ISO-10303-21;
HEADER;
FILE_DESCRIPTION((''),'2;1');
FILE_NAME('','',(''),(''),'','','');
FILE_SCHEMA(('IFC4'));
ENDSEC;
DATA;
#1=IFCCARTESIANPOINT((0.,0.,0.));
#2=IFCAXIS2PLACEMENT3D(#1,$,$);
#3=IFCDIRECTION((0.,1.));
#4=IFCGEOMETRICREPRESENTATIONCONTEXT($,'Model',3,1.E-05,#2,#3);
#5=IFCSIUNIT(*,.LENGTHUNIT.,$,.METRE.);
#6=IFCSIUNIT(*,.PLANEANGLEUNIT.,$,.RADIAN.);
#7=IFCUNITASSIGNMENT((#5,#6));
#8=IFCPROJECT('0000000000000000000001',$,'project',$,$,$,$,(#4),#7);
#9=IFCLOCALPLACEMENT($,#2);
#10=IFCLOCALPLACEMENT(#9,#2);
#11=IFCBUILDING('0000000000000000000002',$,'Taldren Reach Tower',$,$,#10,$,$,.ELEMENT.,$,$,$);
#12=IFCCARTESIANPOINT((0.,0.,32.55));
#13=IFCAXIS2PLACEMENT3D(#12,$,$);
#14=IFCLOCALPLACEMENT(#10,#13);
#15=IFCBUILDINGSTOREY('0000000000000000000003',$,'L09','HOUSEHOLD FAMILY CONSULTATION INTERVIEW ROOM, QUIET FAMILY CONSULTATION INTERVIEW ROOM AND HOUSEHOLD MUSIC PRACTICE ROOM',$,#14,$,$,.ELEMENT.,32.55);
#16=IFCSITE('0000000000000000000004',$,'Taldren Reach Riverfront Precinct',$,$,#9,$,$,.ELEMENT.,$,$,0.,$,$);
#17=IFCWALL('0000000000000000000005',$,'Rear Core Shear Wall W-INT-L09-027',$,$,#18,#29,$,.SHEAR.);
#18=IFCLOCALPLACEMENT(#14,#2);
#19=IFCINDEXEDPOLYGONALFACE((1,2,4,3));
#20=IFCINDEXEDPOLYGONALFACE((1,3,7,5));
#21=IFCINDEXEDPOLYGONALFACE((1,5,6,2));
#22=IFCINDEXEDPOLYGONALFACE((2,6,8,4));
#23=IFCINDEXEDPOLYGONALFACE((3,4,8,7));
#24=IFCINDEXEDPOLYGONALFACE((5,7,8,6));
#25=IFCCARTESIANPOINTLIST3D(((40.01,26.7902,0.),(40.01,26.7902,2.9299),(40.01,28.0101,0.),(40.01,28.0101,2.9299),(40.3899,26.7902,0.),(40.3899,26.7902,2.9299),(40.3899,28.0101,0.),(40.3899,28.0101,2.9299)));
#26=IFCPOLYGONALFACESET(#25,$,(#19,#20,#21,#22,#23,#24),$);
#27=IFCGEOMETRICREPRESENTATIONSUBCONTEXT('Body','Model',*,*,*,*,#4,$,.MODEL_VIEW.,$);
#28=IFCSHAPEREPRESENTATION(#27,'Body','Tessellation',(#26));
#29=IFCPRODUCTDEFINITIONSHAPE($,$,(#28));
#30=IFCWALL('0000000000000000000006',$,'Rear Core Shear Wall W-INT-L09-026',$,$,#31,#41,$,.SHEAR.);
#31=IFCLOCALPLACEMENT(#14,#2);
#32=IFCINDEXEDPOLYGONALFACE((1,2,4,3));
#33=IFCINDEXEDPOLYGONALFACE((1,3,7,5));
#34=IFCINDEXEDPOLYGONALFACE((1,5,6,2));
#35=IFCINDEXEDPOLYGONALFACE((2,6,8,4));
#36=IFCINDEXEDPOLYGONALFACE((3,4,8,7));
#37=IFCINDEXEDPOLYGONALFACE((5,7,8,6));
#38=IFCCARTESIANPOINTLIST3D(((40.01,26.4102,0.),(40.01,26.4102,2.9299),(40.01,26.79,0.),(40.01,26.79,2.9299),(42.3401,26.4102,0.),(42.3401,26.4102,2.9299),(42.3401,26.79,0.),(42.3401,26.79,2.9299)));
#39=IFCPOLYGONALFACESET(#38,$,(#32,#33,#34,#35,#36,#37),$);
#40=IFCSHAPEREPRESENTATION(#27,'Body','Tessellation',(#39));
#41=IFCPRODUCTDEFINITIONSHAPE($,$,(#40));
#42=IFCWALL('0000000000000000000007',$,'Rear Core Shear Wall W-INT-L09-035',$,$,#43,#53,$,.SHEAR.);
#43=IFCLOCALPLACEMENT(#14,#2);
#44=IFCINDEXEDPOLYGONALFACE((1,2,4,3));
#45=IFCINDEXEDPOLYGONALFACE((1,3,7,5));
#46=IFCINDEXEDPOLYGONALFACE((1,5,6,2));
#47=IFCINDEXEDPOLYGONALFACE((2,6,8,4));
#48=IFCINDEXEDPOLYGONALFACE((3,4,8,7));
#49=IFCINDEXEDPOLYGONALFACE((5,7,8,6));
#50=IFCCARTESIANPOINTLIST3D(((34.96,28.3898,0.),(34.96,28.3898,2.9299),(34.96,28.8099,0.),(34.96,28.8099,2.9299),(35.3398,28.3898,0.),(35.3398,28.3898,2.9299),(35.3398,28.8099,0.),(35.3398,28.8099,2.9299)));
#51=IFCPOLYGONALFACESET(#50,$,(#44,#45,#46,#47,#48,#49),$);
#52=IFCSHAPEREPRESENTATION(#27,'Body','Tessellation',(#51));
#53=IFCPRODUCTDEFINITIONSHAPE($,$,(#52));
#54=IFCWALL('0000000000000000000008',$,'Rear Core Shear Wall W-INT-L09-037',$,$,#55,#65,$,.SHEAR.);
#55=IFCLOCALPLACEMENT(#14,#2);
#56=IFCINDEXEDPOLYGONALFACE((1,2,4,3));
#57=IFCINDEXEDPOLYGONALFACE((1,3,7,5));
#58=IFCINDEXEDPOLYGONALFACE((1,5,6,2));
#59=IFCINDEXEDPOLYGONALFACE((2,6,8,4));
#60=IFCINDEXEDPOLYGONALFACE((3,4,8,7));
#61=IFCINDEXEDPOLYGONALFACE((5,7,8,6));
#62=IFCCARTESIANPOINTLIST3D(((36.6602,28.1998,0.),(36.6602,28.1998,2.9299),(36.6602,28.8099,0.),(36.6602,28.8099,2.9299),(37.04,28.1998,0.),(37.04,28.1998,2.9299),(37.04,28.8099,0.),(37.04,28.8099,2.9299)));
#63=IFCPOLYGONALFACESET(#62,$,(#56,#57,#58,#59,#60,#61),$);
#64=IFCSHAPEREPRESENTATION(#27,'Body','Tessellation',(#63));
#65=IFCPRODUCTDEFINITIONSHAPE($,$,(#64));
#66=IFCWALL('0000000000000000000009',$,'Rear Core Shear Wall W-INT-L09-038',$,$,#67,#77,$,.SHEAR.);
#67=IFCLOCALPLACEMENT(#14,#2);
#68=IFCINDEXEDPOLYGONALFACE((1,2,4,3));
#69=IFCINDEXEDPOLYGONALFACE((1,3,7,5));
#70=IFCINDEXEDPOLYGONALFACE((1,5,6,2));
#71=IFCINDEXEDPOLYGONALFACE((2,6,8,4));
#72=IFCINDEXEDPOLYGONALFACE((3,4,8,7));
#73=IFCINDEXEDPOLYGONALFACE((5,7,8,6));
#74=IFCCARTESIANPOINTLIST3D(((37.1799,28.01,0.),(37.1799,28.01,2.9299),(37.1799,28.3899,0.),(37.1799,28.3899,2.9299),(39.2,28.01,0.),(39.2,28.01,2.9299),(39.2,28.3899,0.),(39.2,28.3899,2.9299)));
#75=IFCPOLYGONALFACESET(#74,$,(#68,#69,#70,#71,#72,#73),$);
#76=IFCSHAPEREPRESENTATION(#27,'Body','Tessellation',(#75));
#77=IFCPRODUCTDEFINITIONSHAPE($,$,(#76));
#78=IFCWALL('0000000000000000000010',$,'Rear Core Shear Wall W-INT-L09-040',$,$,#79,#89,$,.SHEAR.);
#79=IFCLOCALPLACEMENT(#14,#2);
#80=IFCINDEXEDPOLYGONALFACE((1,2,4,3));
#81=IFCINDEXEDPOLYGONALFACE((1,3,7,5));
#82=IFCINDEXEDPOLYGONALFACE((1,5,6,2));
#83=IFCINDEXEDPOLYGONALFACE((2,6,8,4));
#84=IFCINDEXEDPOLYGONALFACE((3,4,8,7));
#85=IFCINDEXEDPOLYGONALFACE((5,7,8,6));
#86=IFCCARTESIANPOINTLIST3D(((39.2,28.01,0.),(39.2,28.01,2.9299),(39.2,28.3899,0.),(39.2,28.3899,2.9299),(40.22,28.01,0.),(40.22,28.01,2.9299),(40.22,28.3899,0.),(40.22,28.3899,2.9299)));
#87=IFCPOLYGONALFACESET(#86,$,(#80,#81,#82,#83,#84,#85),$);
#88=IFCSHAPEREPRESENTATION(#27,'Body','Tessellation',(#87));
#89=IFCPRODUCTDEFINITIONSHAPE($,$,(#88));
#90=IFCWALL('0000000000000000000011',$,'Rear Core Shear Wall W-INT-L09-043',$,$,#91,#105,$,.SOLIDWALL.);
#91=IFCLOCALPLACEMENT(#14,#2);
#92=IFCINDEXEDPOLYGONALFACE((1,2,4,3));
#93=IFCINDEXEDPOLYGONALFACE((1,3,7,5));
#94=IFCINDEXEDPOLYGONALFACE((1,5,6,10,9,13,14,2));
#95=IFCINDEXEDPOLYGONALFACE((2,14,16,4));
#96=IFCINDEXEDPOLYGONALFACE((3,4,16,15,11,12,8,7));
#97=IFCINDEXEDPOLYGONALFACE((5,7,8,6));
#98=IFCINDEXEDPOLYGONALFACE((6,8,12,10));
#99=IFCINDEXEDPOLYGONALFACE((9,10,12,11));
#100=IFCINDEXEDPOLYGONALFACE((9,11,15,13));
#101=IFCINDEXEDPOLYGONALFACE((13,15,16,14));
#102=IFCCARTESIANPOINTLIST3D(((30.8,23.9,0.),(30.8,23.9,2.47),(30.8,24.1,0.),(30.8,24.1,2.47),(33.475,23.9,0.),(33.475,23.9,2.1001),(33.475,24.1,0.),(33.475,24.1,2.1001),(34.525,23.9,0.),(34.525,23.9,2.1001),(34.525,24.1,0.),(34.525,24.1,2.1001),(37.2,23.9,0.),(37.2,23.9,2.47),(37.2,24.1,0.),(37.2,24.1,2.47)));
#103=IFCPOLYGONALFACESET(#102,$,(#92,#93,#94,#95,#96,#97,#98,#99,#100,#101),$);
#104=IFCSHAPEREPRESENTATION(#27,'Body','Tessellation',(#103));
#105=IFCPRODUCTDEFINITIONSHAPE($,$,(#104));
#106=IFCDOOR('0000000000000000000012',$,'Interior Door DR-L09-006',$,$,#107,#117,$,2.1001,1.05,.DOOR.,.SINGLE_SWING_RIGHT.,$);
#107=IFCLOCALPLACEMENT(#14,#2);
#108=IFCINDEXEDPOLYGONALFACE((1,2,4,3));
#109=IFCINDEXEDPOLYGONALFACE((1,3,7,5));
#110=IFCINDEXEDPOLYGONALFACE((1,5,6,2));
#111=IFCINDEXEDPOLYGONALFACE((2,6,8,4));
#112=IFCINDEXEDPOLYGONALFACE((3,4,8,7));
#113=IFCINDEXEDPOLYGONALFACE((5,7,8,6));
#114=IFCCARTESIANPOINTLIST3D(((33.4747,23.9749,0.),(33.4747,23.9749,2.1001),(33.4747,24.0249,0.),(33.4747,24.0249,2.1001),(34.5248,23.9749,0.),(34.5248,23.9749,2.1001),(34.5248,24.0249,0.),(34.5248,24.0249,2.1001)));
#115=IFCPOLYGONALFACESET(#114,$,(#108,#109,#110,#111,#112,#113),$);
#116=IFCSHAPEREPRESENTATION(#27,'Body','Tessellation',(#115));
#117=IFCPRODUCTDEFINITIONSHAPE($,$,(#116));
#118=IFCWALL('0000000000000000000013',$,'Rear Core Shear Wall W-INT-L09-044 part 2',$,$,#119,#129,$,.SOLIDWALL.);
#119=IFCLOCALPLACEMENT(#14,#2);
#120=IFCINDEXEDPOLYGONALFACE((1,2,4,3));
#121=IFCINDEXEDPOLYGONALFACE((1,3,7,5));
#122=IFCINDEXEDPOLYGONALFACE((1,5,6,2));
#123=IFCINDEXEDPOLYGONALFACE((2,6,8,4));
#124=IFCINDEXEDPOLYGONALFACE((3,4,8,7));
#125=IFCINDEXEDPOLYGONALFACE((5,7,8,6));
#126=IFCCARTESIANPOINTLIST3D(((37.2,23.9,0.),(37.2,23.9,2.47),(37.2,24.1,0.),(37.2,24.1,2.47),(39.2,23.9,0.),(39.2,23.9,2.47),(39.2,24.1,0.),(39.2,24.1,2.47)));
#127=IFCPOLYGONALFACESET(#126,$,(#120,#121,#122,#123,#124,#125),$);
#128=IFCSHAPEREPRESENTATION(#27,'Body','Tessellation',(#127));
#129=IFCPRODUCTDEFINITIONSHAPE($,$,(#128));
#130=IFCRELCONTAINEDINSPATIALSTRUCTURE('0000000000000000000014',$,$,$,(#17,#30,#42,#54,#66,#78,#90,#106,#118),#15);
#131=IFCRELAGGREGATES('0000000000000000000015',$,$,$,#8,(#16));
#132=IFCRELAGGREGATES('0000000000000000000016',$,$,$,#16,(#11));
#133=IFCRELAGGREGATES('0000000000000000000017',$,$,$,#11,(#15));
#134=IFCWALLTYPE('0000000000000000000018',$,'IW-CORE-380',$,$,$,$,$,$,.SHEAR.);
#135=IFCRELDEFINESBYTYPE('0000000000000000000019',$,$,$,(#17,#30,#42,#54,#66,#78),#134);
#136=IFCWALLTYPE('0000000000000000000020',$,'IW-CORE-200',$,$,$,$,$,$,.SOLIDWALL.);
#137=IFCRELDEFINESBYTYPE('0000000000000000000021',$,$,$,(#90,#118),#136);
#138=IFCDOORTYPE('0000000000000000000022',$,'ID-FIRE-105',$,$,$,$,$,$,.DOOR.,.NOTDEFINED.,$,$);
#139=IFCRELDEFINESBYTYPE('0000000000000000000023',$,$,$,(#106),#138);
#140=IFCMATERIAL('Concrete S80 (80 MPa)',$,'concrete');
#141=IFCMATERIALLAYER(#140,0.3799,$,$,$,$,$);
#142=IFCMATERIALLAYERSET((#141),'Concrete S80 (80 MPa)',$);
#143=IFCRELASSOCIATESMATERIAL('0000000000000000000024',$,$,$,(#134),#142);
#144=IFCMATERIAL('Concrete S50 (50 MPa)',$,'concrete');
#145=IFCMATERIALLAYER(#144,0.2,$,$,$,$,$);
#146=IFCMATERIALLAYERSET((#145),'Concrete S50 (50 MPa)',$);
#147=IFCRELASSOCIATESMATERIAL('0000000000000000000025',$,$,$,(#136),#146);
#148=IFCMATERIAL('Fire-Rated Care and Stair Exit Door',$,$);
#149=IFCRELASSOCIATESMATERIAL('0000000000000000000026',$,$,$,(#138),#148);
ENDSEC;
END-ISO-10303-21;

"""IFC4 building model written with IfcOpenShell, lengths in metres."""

from ifc_helpers import new_model, si_unit, direction, frame, frame_2d, origin, place, context, subcontext, project, spatial, rectangle, extrude, source, transform, mapped, material, layer, layer_set, type_object, element, fill, save


model = new_model("IFC4")

# Units and contexts
model_context = context("Model", 3, precision=1e-05, world=origin(), true_north=direction((0.0, 1.0)))
body_context = subcontext(model_context, "Body", "Model", "MODEL_VIEW")
ifc_project = project(units=[si_unit("LENGTHUNIT", "METRE"), si_unit("PLANEANGLEUNIT", "RADIAN")], contexts=[model_context])

# Site, building, storey
site_placement = place(None, origin())
site = spatial("IfcSite", under=ifc_project, at=site_placement, Name="Taldren Reach Riverfront Precinct", CompositionType="ELEMENT", RefElevation=0.0)
building_placement = place(site_placement, origin())
building = spatial("IfcBuilding", under=site, at=building_placement, Name="Taldren Reach Tower", CompositionType="ELEMENT")
storey_placement = place(building_placement, frame((0.0, 0.0, 32.55)))
storey = spatial("IfcBuildingStorey", under=building, at=storey_placement, Name="L09", Description="HOUSEHOLD FAMILY CONSULTATION INTERVIEW ROOM, QUIET FAMILY CONSULTATION INTERVIEW ROOM AND HOUSEHOLD MUSIC PRACTICE ROOM", CompositionType="ELEMENT", Elevation=32.55)

# Walls
ifc_material_1 = material(Name="Concrete S80 (80 MPa)", Category="concrete")
ifc_layer_1 = layer(ifc_material_1, 0.3799)
ifc_layer_set_1 = layer_set([ifc_layer_1], Name="Concrete S80 (80 MPa)")
wall_type_1 = type_object("IfcWallType", Name="IW-CORE-380", PredefinedType="SHEAR", material=ifc_layer_set_1)
ifc_material_2 = material(Name="Concrete S50 (50 MPa)", Category="concrete")
ifc_layer_2 = layer(ifc_material_2, 0.2)
ifc_layer_set_2 = layer_set([ifc_layer_2], Name="Concrete S50 (50 MPa)")
wall_type_2 = type_object("IfcWallType", Name="IW-CORE-200", PredefinedType="SOLIDWALL", material=ifc_layer_set_2)
shared_shape_1 = source(origin(), body_context, "Body", "SweptSolid", [
    extrude(rectangle(XDim=1.22, YDim=0.3799, at=frame_2d((0.6099, 0.0))), origin(), (0.0, 0.0, 1.0), 2.9299),
])
wall_1_placement = place(storey_placement, frame((40.2, 28.01, 0.0), z_axis=(0.0, 0.0, 1.0), x_axis=(0.0, -1.0, 0.0)))
element("IfcWall", 1, at=wall_1_placement, inside=storey, type_object=wall_type_1, Name="Rear Core Shear Wall W-INT-L09-027", PredefinedType="SHEAR", context=body_context, shape_type="MappedRepresentation", body=[
    mapped(shared_shape_1, transform((0.0, 0.0, 0.0), scale=1.0)),
])
shared_shape_2 = source(origin(), body_context, "Body", "SweptSolid", [
    extrude(rectangle(XDim=2.3301, YDim=0.3799, at=frame_2d((1.165, 0.0))), origin(), (0.0, 0.0, 1.0), 2.9299),
])
wall_2_placement = place(storey_placement, frame((40.01, 26.6001, 0.0), z_axis=(0.0, 0.0, 1.0), x_axis=(1.0, 0.0, 0.0)))
element("IfcWall", 2, at=wall_2_placement, inside=storey, type_object=wall_type_1, Name="Rear Core Shear Wall W-INT-L09-026", PredefinedType="SHEAR", context=body_context, shape_type="MappedRepresentation", body=[
    mapped(shared_shape_2, transform((0.0, 0.0, 0.0), scale=1.0)),
])
shared_shape_3 = source(origin(), body_context, "Body", "SweptSolid", [
    extrude(rectangle(XDim=0.4202, YDim=0.3799, at=frame_2d((0.21, 0.0))), origin(), (0.0, 0.0, 1.0), 2.9299),
])
wall_3_placement = place(storey_placement, frame((35.1499, 28.3899, 0.0), z_axis=(0.0, 0.0, 1.0), x_axis=(0.0, 1.0, 0.0)))
element("IfcWall", 3, at=wall_3_placement, inside=storey, type_object=wall_type_1, Name="Rear Core Shear Wall W-INT-L09-035", PredefinedType="SHEAR", context=body_context, shape_type="MappedRepresentation", body=[
    mapped(shared_shape_3, transform((0.0, 0.0, 0.0), scale=1.0)),
])
shared_shape_4 = source(origin(), body_context, "Body", "SweptSolid", [
    extrude(rectangle(XDim=0.6101, YDim=0.3799, at=frame_2d((0.3052, 0.0))), origin(), (0.0, 0.0, 1.0), 2.9299),
])
wall_4_placement = place(storey_placement, frame((36.8501, 28.8101, 0.0), z_axis=(0.0, 0.0, 1.0), x_axis=(0.0, -1.0, 0.0)))
element("IfcWall", 4, at=wall_4_placement, inside=storey, type_object=wall_type_1, Name="Rear Core Shear Wall W-INT-L09-037", PredefinedType="SHEAR", context=body_context, shape_type="MappedRepresentation", body=[
    mapped(shared_shape_4, transform((0.0, 0.0, 0.0), scale=1.0)),
])
shared_shape_5 = source(origin(), body_context, "Body", "SweptSolid", [
    extrude(rectangle(XDim=2.02, YDim=0.3799, at=frame_2d((1.01, 0.0))), origin(), (0.0, 0.0, 1.0), 2.9299),
])
wall_5_placement = place(storey_placement, frame((37.1799, 28.2, 0.0), z_axis=(0.0, 0.0, 1.0), x_axis=(1.0, 0.0, 0.0)))
element("IfcWall", 5, at=wall_5_placement, inside=storey, type_object=wall_type_1, Name="Rear Core Shear Wall W-INT-L09-038", PredefinedType="SHEAR", context=body_context, shape_type="MappedRepresentation", body=[
    mapped(shared_shape_5, transform((0.0, 0.0, 0.0), scale=1.0)),
])
shared_shape_6 = source(origin(), body_context, "Body", "SweptSolid", [
    extrude(rectangle(XDim=1.02, YDim=0.3799, at=frame_2d((0.51, 0.0))), origin(), (0.0, 0.0, 1.0), 2.9299),
])
wall_6_placement = place(storey_placement, frame((39.2, 28.2, 0.0), z_axis=(0.0, 0.0, 1.0), x_axis=(1.0, 0.0, 0.0)))
element("IfcWall", 6, at=wall_6_placement, inside=storey, type_object=wall_type_1, Name="Rear Core Shear Wall W-INT-L09-040", PredefinedType="SHEAR", context=body_context, shape_type="MappedRepresentation", body=[
    mapped(shared_shape_6, transform((0.0, 0.0, 0.0), scale=1.0)),
])

# Wall, opening, door
shared_shape_7 = source(origin(), body_context, "Body", "SweptSolid", [
    extrude(rectangle(XDim=6.3999, YDim=0.2, at=frame_2d((3.2, 0.0))), origin(), (0.0, 0.0, 1.0), 2.47),
])
wall_7_placement = place(storey_placement, frame((37.2, 24.0, 0.0), z_axis=(0.0, 0.0, 1.0), x_axis=(-1.0, 0.0, 0.0)))
wall_7 = element("IfcWall", 7, at=wall_7_placement, inside=storey, type_object=wall_type_2, Name="Rear Core Shear Wall W-INT-L09-043", PredefinedType="SOLIDWALL", context=body_context, shape_type="MappedRepresentation", body=[
    mapped(shared_shape_7, transform((0.0, 0.0, 0.0), scale=1.0)),
])
shared_shape_8 = source(origin(), body_context, "Body", "SweptSolid", [
    extrude(rectangle(XDim=1.05, YDim=2.1001, at=frame_2d((0.5249, 1.05))), frame((0.0, 0.1099, 0.0), z_axis=(0.0, -1.0, 0.0), x_axis=(1.0, 0.0, 0.0)), (0.0, 0.0, 1.0), 0.22),
])
opening_placement = place(wall_7_placement, frame((2.675, 0.0, 0.0)))
opening = element("IfcOpeningElement", 8, at=opening_placement, cuts=wall_7, PredefinedType="OPENING", context=body_context, shape_type="MappedRepresentation", body=[
    mapped(shared_shape_8, transform((0.0, 0.0, 0.0), scale=1.0)),
])
ifc_material_3 = material(Name="Fire-Rated Care and Stair Exit Door")
door_type = type_object("IfcDoorType", Name="ID-FIRE-105", OperationType="NOTDEFINED", PredefinedType="DOOR", material=ifc_material_3)
shared_shape_9 = source(origin(), body_context, "Body", "SweptSolid", [
    extrude(rectangle(XDim=1.05, YDim=2.1001, at=frame_2d((0.5249, 1.05))), frame((0.0, 0.0249, 0.0), z_axis=(0.0, -1.0, 0.0), x_axis=(1.0, 0.0, 0.0)), (0.0, 0.0, 1.0), 0.05),
])
door_placement = place(opening_placement, frame((1.05, 0.0, 0.0), z_axis=(0.0, 0.0, 1.0), x_axis=(-1.0, 0.0, 0.0)))
door = element("IfcDoor", 9, at=door_placement, inside=storey, type_object=door_type, Name="Interior Door DR-L09-006", OperationType="SINGLE_SWING_RIGHT", OverallHeight=2.1001, OverallWidth=1.05, PredefinedType="DOOR", context=body_context, shape_type="MappedRepresentation", body=[
    mapped(shared_shape_9, transform((0.0, 0.0, 0.0), scale=1.0)),
])
fill(opening, door)

# Wall
shared_shape_10 = source(origin(), body_context, "Body", "SweptSolid", [
    extrude(rectangle(XDim=2.0, YDim=0.2, at=frame_2d((1.0, 0.0))), origin(), (0.0, 0.0, 1.0), 2.47),
])
wall_8_placement = place(storey_placement, frame((39.2, 24.0, 0.0), z_axis=(0.0, 0.0, 1.0), x_axis=(-1.0, 0.0, 0.0)))
element("IfcWall", 10, at=wall_8_placement, inside=storey, type_object=wall_type_2, Name="Rear Core Shear Wall W-INT-L09-044 part 2", PredefinedType="SOLIDWALL", context=body_context, shape_type="MappedRepresentation", body=[
    mapped(shared_shape_10, transform((0.0, 0.0, 0.0), scale=1.0)),
])

save(model, "model.ifc")
